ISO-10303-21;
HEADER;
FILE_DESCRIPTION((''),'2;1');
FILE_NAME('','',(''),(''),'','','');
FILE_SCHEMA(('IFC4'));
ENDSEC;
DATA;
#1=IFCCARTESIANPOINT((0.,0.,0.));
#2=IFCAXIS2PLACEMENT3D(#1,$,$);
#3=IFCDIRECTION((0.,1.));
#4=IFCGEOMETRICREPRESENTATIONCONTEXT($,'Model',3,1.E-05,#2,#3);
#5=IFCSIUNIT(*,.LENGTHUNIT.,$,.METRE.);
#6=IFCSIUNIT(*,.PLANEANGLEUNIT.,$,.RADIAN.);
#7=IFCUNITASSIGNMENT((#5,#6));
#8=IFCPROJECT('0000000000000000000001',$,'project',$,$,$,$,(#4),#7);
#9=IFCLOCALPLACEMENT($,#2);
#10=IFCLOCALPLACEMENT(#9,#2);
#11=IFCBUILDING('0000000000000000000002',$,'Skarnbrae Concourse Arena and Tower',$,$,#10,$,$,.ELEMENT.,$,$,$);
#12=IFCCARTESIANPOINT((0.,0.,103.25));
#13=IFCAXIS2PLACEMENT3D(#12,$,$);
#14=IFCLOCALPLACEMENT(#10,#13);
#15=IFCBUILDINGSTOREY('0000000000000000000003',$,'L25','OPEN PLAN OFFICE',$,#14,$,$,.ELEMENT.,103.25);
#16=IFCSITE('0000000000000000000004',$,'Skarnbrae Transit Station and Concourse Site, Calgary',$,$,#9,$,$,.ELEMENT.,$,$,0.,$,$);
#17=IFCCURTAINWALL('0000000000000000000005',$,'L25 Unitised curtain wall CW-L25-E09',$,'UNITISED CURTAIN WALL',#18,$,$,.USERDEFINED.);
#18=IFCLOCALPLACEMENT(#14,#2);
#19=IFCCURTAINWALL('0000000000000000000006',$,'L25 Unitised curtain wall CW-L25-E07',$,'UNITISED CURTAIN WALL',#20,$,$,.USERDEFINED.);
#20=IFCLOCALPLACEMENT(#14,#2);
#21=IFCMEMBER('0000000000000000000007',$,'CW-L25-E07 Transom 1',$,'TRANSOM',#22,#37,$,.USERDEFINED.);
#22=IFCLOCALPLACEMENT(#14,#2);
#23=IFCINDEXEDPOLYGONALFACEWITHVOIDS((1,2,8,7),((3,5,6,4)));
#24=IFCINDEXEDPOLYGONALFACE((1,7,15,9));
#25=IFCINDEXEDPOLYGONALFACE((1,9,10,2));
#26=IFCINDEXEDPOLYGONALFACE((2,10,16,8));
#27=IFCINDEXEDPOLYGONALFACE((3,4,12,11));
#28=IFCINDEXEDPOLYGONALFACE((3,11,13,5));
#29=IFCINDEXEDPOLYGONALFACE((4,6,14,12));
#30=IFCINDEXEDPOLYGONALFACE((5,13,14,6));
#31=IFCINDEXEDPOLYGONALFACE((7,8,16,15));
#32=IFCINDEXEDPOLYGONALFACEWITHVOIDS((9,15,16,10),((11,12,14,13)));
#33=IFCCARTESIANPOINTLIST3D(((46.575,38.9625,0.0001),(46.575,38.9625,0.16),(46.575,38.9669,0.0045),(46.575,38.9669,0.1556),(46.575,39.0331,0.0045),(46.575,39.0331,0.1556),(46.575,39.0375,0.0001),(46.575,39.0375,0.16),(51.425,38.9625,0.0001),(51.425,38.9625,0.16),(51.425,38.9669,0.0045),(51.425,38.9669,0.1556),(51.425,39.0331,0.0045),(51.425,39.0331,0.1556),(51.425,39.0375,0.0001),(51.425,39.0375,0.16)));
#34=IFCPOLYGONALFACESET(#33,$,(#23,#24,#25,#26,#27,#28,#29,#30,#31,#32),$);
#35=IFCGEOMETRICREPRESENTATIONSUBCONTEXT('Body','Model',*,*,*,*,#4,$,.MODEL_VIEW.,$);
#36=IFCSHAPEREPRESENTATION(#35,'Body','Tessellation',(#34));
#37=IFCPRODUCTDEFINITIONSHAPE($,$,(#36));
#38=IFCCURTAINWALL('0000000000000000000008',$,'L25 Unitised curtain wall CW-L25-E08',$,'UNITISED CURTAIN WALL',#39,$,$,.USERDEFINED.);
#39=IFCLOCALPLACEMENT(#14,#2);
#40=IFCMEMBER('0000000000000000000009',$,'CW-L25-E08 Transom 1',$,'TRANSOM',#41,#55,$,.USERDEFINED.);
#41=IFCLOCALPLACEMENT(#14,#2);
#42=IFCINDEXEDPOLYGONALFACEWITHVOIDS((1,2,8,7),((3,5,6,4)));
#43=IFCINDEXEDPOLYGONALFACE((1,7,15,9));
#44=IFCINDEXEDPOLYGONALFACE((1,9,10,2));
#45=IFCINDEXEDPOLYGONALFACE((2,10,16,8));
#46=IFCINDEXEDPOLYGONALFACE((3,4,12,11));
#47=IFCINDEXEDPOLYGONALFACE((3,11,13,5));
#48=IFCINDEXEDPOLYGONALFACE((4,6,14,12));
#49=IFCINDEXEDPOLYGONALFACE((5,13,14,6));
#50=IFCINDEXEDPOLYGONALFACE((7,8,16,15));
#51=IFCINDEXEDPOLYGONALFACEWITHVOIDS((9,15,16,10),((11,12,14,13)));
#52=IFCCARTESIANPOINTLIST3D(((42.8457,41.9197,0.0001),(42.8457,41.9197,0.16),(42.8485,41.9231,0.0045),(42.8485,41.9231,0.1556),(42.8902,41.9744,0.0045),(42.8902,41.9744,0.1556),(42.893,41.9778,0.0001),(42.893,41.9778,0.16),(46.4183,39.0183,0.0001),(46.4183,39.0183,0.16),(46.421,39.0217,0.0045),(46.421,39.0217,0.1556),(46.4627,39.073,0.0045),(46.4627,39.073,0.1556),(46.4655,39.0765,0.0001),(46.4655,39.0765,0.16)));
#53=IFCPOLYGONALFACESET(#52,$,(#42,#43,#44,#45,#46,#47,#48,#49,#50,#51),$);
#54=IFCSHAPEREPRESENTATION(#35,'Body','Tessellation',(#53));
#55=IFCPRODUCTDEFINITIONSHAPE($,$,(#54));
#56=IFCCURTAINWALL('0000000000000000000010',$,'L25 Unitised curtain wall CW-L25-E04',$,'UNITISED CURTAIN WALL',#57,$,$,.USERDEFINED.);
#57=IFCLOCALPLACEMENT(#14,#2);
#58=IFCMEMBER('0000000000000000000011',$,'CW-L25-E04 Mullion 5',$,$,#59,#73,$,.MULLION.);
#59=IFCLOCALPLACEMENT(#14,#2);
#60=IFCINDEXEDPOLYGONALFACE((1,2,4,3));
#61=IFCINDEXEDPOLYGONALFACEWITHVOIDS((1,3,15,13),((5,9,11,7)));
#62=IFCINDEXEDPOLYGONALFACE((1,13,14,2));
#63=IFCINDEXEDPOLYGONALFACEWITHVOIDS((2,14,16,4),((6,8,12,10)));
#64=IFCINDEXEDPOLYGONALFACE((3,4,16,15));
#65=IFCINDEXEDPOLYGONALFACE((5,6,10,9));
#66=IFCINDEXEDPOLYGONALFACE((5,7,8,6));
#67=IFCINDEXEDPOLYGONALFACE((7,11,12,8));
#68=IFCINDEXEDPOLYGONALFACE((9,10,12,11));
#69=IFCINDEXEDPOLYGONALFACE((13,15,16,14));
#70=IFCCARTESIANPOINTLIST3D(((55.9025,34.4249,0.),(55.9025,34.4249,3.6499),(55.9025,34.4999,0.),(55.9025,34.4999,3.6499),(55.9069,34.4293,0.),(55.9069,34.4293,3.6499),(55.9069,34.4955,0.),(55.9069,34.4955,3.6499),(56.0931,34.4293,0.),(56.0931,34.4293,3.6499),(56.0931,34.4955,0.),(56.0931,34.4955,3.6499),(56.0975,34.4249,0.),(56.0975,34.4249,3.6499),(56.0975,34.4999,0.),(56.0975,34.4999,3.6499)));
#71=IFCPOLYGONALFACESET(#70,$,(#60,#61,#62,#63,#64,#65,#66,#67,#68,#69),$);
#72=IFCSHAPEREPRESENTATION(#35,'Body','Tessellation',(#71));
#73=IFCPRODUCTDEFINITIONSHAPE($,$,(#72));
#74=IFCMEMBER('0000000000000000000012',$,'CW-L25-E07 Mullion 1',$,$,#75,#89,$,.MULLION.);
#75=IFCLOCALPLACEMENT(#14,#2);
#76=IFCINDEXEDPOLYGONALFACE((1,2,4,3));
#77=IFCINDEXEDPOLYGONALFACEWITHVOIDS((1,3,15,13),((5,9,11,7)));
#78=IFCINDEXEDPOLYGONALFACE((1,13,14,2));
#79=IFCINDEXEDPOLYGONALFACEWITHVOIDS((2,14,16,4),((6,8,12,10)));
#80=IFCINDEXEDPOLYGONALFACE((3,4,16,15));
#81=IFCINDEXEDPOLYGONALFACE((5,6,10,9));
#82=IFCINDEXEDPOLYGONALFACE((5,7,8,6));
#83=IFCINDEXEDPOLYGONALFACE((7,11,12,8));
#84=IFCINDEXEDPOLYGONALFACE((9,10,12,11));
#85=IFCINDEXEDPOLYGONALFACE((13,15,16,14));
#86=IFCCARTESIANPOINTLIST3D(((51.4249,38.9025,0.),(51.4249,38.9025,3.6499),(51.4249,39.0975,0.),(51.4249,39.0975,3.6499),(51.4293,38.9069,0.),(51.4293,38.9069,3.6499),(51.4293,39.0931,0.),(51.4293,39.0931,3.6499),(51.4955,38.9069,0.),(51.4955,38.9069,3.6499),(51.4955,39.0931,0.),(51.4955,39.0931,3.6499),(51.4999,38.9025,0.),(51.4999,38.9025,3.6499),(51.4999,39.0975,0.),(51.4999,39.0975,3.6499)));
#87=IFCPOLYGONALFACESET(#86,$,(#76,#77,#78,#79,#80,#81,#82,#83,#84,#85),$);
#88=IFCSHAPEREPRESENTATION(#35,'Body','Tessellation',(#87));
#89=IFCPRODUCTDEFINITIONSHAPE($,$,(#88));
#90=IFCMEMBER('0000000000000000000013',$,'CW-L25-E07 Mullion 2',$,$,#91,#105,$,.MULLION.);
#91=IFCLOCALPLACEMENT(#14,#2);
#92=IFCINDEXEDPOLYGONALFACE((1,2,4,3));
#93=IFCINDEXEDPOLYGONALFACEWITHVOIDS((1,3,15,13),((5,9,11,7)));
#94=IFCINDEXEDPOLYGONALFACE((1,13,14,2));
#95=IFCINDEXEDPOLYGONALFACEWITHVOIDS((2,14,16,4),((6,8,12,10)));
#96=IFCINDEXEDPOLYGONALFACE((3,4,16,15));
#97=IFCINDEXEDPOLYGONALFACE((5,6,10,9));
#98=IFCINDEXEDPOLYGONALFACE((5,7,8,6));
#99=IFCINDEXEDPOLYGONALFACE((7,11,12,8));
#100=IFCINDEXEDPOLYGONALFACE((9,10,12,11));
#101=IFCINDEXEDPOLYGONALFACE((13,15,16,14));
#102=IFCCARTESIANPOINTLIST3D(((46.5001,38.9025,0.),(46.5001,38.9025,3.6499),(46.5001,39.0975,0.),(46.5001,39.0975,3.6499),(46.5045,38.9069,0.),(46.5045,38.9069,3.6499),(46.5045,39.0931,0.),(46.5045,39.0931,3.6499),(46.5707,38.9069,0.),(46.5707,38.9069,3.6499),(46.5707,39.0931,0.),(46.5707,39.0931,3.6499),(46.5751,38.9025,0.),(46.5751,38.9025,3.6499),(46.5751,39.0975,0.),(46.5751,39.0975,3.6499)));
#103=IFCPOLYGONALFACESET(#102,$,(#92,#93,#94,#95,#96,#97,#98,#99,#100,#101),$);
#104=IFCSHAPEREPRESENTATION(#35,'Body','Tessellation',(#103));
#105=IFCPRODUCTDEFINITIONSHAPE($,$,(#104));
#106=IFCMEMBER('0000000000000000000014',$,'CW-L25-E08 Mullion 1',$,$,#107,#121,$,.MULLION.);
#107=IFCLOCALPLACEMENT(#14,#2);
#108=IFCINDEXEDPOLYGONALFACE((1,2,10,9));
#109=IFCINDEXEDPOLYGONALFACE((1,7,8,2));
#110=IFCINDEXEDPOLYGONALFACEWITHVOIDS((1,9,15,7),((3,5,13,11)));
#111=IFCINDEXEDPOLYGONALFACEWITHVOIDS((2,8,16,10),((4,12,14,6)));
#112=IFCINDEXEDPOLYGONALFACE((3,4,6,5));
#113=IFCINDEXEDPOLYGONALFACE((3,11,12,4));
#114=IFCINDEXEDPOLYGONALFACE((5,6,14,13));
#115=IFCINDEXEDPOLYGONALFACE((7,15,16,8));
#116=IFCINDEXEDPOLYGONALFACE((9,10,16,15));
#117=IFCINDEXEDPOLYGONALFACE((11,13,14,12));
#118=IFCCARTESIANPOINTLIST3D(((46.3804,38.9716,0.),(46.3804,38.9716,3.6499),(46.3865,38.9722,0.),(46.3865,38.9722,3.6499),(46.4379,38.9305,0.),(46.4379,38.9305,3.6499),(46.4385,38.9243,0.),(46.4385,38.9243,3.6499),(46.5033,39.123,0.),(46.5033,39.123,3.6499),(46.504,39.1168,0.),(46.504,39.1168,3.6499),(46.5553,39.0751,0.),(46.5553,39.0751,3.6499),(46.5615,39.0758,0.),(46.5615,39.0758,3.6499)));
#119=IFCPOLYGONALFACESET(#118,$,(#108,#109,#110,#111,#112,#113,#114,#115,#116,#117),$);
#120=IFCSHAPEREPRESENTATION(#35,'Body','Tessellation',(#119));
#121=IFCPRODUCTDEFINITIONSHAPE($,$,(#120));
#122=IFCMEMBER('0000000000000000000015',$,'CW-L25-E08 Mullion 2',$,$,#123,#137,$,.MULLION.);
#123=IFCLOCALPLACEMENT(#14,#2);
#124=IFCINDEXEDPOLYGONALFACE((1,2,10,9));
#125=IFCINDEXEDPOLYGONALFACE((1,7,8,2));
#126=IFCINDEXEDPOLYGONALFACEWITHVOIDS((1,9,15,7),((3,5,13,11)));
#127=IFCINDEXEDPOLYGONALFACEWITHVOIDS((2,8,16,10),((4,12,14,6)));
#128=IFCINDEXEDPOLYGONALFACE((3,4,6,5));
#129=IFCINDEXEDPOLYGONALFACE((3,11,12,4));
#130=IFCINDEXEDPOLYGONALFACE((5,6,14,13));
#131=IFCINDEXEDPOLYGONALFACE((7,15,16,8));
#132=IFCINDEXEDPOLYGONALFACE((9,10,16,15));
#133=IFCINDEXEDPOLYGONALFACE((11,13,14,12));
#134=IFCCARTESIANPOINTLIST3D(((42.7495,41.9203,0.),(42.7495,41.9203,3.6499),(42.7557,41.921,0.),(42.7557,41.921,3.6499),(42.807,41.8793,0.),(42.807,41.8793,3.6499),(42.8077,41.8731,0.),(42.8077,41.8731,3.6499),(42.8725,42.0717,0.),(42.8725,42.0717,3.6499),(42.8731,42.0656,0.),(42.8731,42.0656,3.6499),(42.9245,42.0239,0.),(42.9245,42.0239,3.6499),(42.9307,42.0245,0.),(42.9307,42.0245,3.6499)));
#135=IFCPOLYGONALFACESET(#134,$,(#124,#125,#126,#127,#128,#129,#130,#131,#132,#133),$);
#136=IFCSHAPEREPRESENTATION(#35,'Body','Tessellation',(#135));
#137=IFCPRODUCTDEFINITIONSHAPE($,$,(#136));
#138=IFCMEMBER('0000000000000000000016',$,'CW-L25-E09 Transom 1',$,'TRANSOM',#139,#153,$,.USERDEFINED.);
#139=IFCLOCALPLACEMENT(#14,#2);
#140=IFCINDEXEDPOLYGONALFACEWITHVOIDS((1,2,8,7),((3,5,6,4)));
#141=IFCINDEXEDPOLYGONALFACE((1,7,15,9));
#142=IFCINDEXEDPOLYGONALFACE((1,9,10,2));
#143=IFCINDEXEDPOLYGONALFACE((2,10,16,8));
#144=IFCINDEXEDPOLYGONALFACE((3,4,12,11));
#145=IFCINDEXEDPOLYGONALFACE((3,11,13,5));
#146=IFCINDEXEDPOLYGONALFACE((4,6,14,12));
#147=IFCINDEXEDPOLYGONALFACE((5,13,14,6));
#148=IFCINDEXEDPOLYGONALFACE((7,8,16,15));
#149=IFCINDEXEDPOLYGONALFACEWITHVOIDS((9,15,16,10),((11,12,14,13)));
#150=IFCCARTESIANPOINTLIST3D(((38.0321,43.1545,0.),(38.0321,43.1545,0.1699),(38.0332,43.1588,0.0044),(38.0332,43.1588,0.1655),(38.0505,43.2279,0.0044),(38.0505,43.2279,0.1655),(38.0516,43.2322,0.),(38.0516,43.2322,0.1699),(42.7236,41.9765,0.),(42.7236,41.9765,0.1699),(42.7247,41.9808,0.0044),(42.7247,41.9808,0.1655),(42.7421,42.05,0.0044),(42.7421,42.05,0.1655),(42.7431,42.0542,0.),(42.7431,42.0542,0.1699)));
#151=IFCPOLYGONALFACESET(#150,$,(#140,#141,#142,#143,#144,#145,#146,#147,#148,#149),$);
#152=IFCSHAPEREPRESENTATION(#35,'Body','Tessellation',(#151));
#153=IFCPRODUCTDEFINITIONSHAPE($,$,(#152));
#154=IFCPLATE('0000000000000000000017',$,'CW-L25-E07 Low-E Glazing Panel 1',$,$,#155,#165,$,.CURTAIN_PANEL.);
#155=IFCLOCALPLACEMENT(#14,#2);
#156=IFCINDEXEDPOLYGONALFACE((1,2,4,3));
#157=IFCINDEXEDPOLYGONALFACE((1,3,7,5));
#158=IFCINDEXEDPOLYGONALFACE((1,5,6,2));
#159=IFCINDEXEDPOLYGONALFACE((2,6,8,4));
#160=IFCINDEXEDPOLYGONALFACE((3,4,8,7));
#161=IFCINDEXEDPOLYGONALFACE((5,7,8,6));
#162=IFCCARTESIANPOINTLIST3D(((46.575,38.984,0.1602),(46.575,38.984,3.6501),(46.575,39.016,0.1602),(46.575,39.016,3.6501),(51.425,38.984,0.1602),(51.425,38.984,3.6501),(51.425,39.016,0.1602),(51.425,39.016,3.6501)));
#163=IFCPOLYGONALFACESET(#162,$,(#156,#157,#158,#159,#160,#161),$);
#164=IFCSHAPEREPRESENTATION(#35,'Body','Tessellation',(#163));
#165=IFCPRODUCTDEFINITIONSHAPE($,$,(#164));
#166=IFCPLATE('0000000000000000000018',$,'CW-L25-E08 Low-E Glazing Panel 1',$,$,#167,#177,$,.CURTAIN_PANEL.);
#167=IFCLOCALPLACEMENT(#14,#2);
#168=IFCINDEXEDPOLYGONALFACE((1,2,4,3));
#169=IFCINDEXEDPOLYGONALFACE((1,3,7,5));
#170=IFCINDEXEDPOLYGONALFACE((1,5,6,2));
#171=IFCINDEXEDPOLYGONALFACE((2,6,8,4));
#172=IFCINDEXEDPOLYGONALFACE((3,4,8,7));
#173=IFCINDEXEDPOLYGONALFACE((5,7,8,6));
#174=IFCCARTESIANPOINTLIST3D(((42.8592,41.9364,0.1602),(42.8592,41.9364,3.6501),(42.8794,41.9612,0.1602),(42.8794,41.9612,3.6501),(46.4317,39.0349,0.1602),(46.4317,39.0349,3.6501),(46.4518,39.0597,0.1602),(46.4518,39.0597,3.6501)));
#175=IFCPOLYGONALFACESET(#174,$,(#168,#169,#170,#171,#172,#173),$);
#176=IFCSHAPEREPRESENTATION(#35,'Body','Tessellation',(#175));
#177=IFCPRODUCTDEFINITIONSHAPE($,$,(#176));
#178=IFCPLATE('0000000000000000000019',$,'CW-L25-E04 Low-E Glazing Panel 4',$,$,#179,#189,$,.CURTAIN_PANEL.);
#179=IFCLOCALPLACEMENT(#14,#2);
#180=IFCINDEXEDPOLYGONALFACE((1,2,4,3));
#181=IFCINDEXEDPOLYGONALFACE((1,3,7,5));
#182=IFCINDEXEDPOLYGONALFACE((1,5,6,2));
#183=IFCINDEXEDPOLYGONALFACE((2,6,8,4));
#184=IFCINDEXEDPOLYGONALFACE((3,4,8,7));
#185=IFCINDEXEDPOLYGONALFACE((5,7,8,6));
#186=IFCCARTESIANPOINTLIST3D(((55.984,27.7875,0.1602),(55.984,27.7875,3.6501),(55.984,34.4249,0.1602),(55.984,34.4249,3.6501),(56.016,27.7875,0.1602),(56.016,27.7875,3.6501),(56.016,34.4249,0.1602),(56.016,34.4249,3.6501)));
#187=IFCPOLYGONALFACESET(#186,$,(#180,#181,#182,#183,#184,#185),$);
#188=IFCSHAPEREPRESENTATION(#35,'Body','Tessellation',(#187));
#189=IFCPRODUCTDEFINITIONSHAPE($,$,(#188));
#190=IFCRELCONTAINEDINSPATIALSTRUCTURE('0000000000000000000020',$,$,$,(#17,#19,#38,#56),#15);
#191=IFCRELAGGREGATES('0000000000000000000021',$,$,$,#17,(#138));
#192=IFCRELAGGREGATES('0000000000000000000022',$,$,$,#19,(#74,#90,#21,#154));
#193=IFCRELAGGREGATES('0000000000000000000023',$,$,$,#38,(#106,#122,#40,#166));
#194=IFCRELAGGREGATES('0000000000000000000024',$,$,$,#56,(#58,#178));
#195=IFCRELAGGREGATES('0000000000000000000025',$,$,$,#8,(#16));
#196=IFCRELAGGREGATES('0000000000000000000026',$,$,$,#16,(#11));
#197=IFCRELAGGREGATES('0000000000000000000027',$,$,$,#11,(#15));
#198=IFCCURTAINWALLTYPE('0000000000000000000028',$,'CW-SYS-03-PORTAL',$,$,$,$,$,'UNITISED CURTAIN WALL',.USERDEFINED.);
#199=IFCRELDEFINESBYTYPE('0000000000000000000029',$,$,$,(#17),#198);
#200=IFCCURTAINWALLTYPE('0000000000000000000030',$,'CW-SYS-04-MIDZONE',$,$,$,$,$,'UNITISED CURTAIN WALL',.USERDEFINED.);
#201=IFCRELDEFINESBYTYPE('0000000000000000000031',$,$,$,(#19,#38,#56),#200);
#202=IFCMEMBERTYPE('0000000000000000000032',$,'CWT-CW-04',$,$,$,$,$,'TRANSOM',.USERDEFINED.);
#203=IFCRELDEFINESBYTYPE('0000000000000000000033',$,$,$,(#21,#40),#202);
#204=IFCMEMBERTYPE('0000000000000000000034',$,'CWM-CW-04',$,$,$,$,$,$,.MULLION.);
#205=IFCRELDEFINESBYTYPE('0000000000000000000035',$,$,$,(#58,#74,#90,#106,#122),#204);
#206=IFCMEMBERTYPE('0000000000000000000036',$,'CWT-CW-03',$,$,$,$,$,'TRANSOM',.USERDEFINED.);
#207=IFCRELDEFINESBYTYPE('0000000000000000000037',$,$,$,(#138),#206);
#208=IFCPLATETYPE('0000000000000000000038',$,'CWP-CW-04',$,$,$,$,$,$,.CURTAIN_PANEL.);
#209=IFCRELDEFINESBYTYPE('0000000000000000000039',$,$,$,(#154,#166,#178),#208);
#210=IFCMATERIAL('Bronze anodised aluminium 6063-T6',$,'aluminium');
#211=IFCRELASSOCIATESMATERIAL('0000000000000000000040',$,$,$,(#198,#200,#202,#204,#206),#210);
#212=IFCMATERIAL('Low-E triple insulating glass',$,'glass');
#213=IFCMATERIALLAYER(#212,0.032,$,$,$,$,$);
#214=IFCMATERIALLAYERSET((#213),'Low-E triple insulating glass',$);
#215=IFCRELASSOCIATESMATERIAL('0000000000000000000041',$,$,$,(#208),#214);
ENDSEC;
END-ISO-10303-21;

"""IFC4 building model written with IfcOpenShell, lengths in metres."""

from ifc_helpers import new_model, si_unit, direction, frame, origin, origin_2d, place, context, subcontext, project, spatial, rectangle, hollow_rectangle, extrude, source, transform, mapped, material, layer, layer_set, material_profile, profile_set, type_object, element, aggregate, save


model = new_model("IFC4")

# Units and contexts
model_context = context("Model", 3, precision=1e-05, world=origin(), true_north=direction((0.0, 1.0)))
body_context = subcontext(model_context, "Body", "Model", "MODEL_VIEW")
ifc_project = project(units=[si_unit("LENGTHUNIT", "METRE"), si_unit("PLANEANGLEUNIT", "RADIAN")], contexts=[model_context])

# Site, building, storey
site_placement = place(None, origin())
site = spatial("IfcSite", under=ifc_project, at=site_placement, Name="Skarnbrae Transit Station and Concourse Site, Calgary", CompositionType="ELEMENT", RefElevation=0.0)
building_placement = place(site_placement, origin())
building = spatial("IfcBuilding", under=site, at=building_placement, Name="Skarnbrae Concourse Arena and Tower", CompositionType="ELEMENT")
storey_placement = place(building_placement, frame((0.0, 0.0, 103.25)))
storey = spatial("IfcBuildingStorey", under=building, at=storey_placement, Name="L25", Description="OPEN PLAN OFFICE", CompositionType="ELEMENT", Elevation=103.25)

# Curtain walls, members
ifc_material_1 = material(Name="Bronze anodised aluminium 6063-T6", Category="aluminium")
curtain_wall_type_1 = type_object("IfcCurtainWallType", Name="CW-SYS-03-PORTAL", ElementType="UNITISED CURTAIN WALL", PredefinedType="USERDEFINED", material=ifc_material_1)
curtain_wall_1_placement = place(storey_placement, origin())
curtain_wall_1 = element("IfcCurtainWall", 1, at=curtain_wall_1_placement, inside=storey, type_object=curtain_wall_type_1, Name="L25 Unitised curtain wall CW-L25-E09", ObjectType="UNITISED CURTAIN WALL", PredefinedType="USERDEFINED")
curtain_wall_type_2 = type_object("IfcCurtainWallType", Name="CW-SYS-04-MIDZONE", ElementType="UNITISED CURTAIN WALL", PredefinedType="USERDEFINED", material=ifc_material_1)
curtain_wall_2_placement = place(storey_placement, origin())
curtain_wall_2 = element("IfcCurtainWall", 2, at=curtain_wall_2_placement, inside=storey, type_object=curtain_wall_type_2, Name="L25 Unitised curtain wall CW-L25-E07", ObjectType="UNITISED CURTAIN WALL", PredefinedType="USERDEFINED")
ifc_material_profile_1 = material_profile(ifc_material_1, hollow_rectangle(XDim=0.075, YDim=0.1599, WallThickness=0.0044, at=origin_2d()), Name="ALU-TRAN-75X160")
ifc_profile_set_1 = profile_set([ifc_material_profile_1], Name="Bronze anodised aluminium 6063-T6")
member_type_1 = type_object("IfcMemberType", Name="CWT-CW-04", ElementType="TRANSOM", PredefinedType="USERDEFINED", material=ifc_profile_set_1)
shared_shape_1 = source(origin(), body_context, "Body", "SweptSolid", [
    extrude(hollow_rectangle(XDim=0.075, YDim=0.1599, WallThickness=0.0044, at=origin_2d()), origin(), (0.0, 0.0, 1.0), 4.8501),
])
member_1_placement = place(storey_placement, frame((51.425, 39.0, 0.0801), z_axis=(-1.0, 0.0, 0.0), x_axis=(0.0, -1.0, 0.0)))
member_1 = element("IfcMember", 3, at=member_1_placement, type_object=member_type_1, Name="CW-L25-E07 Transom 1", ObjectType="TRANSOM", PredefinedType="USERDEFINED", context=body_context, shape_type="MappedRepresentation", body=[
    mapped(shared_shape_1, transform((0.0, 0.0, 0.0))),
])
curtain_wall_3_placement = place(storey_placement, origin())
curtain_wall_3 = element("IfcCurtainWall", 4, at=curtain_wall_3_placement, inside=storey, type_object=curtain_wall_type_2, Name="L25 Unitised curtain wall CW-L25-E08", ObjectType="UNITISED CURTAIN WALL", PredefinedType="USERDEFINED")
shared_shape_2 = source(origin(), body_context, "Body", "SweptSolid", [
    extrude(hollow_rectangle(XDim=0.075, YDim=0.1599, WallThickness=0.0044, at=origin_2d()), origin(), (0.0, 0.0, 1.0), 4.6023),
])
member_2_placement = place(storey_placement, frame((46.4419, 39.0474, 0.0801), z_axis=(-0.776252, 0.630423, 0.0), x_axis=(-0.630423, -0.776252, 0.0)))
member_2 = element("IfcMember", 5, at=member_2_placement, type_object=member_type_1, Name="CW-L25-E08 Transom 1", ObjectType="TRANSOM", PredefinedType="USERDEFINED", context=body_context, shape_type="MappedRepresentation", body=[
    mapped(shared_shape_2, transform((0.0, 0.0, 0.0))),
])
curtain_wall_4_placement = place(storey_placement, origin())
curtain_wall_4 = element("IfcCurtainWall", 6, at=curtain_wall_4_placement, inside=storey, type_object=curtain_wall_type_2, Name="L25 Unitised curtain wall CW-L25-E04", ObjectType="UNITISED CURTAIN WALL", PredefinedType="USERDEFINED")
ifc_material_profile_2 = material_profile(ifc_material_1, hollow_rectangle(XDim=0.075, YDim=0.1951, WallThickness=0.0044, at=origin_2d()), Name="ALU-MULL-75X195")
ifc_profile_set_2 = profile_set([ifc_material_profile_2], Name="Bronze anodised aluminium 6063-T6")
member_type_2 = type_object("IfcMemberType", Name="CWM-CW-04", PredefinedType="MULLION", material=ifc_profile_set_2)
shared_shape_3 = source(origin(), body_context, "Body", "SweptSolid", [
    extrude(hollow_rectangle(XDim=0.075, YDim=0.1951, WallThickness=0.0044, at=origin_2d()), origin(), (0.0, 0.0, 1.0), 3.6499),
])
member_3_placement = place(storey_placement, frame((56.0, 34.4624, 0.0), z_axis=(0.0, 0.0, 1.0), x_axis=(0.0, 1.0, 0.0)))
member_3 = element("IfcMember", 7, at=member_3_placement, type_object=member_type_2, Name="CW-L25-E04 Mullion 5", PredefinedType="MULLION", context=body_context, shape_type="MappedRepresentation", body=[
    mapped(shared_shape_3, transform((0.0, 0.0, 0.0))),
])

# Members
member_4_placement = place(storey_placement, frame((51.4624, 39.0, 0.0), z_axis=(0.0, 0.0, 1.0), x_axis=(-1.0, 0.0, 0.0)))
member_4 = element("IfcMember", 8, at=member_4_placement, type_object=member_type_2, Name="CW-L25-E07 Mullion 1", PredefinedType="MULLION", context=body_context, shape_type="MappedRepresentation", body=[
    mapped(shared_shape_3, transform((0.0, 0.0, 0.0))),
])
member_5_placement = place(storey_placement, frame((46.5376, 39.0, 0.0), z_axis=(0.0, 0.0, 1.0), x_axis=(-1.0, 0.0, 0.0)))
member_5 = element("IfcMember", 9, at=member_5_placement, type_object=member_type_2, Name="CW-L25-E07 Mullion 2", PredefinedType="MULLION", context=body_context, shape_type="MappedRepresentation", body=[
    mapped(shared_shape_3, transform((0.0, 0.0, 0.0))),
])
member_6_placement = place(storey_placement, frame((46.4709, 39.0237, 0.0), z_axis=(0.0, 0.0, 1.0), x_axis=(-0.776241, 0.630436, 0.0)))
member_6 = element("IfcMember", 10, at=member_6_placement, type_object=member_type_2, Name="CW-L25-E08 Mullion 1", PredefinedType="MULLION", context=body_context, shape_type="MappedRepresentation", body=[
    mapped(shared_shape_3, transform((0.0, 0.0, 0.0))),
])
member_7_placement = place(storey_placement, frame((42.8401, 41.9724, 0.0), z_axis=(0.0, 0.0, 1.0), x_axis=(-0.776241, 0.630436, 0.0)))
member_7 = element("IfcMember", 11, at=member_7_placement, type_object=member_type_2, Name="CW-L25-E08 Mullion 2", PredefinedType="MULLION", context=body_context, shape_type="MappedRepresentation", body=[
    mapped(shared_shape_3, transform((0.0, 0.0, 0.0))),
])
ifc_material_profile_3 = material_profile(ifc_material_1, hollow_rectangle(XDim=0.0801, YDim=0.1699, WallThickness=0.0044, at=origin_2d()), Name="ALU-TRAN-80X170")
ifc_profile_set_3 = profile_set([ifc_material_profile_3], Name="Bronze anodised aluminium 6063-T6")
member_type_3 = type_object("IfcMemberType", Name="CWT-CW-03", ElementType="TRANSOM", PredefinedType="USERDEFINED", material=ifc_profile_set_3)
shared_shape_4 = source(origin(), body_context, "Body", "SweptSolid", [
    extrude(hollow_rectangle(XDim=0.0801, YDim=0.1699, WallThickness=0.0044, at=origin_2d()), origin(), (0.0, 0.0, 1.0), 4.8372),
])
member_8_placement = place(storey_placement, frame((42.7334, 42.0154, 0.085), z_axis=(-0.969896, 0.243521, 0.0), x_axis=(-0.243521, -0.969896, 0.0)))
member_8 = element("IfcMember", 12, at=member_8_placement, type_object=member_type_3, Name="CW-L25-E09 Transom 1", ObjectType="TRANSOM", PredefinedType="USERDEFINED", context=body_context, shape_type="MappedRepresentation", body=[
    mapped(shared_shape_4, transform((0.0, 0.0, 0.0))),
])
aggregate(curtain_wall_1, [member_8])

# Plates
ifc_material_2 = material(Name="Low-E triple insulating glass", Category="glass")
ifc_layer_1 = layer(ifc_material_2, 0.032)
ifc_layer_set_1 = layer_set([ifc_layer_1], Name="Low-E triple insulating glass")
plate_type = type_object("IfcPlateType", Name="CWP-CW-04", PredefinedType="CURTAIN_PANEL", material=ifc_layer_set_1)
shared_shape_5 = source(origin(), body_context, "Body", "SweptSolid", [
    extrude(rectangle(XDim=4.8501, YDim=0.032, at=origin_2d()), origin(), (0.0, 0.0, 1.0), 3.49),
])
plate_1_placement = place(storey_placement, frame((49.0, 39.0, 0.1602), z_axis=(0.0, 0.0, 1.0), x_axis=(-1.0, 0.0, 0.0)))
plate_1 = element("IfcPlate", 13, at=plate_1_placement, type_object=plate_type, Name="CW-L25-E07 Low-E Glazing Panel 1", PredefinedType="CURTAIN_PANEL", context=body_context, shape_type="MappedRepresentation", body=[
    mapped(shared_shape_5, transform((0.0, 0.0, 0.0))),
])
aggregate(curtain_wall_2, [member_4, member_5, member_1, plate_1])
shared_shape_6 = source(origin(), body_context, "Body", "SweptSolid", [
    extrude(rectangle(XDim=4.6023, YDim=0.032, at=origin_2d()), origin(), (0.0, 0.0, 1.0), 3.49),
])
plate_2_placement = place(storey_placement, frame((44.6555, 40.498, 0.1602), z_axis=(0.0, 0.0, 1.0), x_axis=(-0.776241, 0.630436, 0.0)))
plate_2 = element("IfcPlate", 14, at=plate_2_placement, type_object=plate_type, Name="CW-L25-E08 Low-E Glazing Panel 1", PredefinedType="CURTAIN_PANEL", context=body_context, shape_type="MappedRepresentation", body=[
    mapped(shared_shape_6, transform((0.0, 0.0, 0.0))),
])
aggregate(curtain_wall_3, [member_6, member_7, member_2, plate_2])
shared_shape_7 = source(origin(), body_context, "Body", "SweptSolid", [
    extrude(rectangle(XDim=6.6375, YDim=0.032, at=origin_2d()), origin(), (0.0, 0.0, 1.0), 3.49),
])
plate_3_placement = place(storey_placement, frame((56.0, 31.1062, 0.1602), z_axis=(0.0, 0.0, 1.0), x_axis=(0.0, 1.0, 0.0)))
plate_3 = element("IfcPlate", 15, at=plate_3_placement, type_object=plate_type, Name="CW-L25-E04 Low-E Glazing Panel 4", PredefinedType="CURTAIN_PANEL", context=body_context, shape_type="MappedRepresentation", body=[
    mapped(shared_shape_7, transform((0.0, 0.0, 0.0))),
])
aggregate(curtain_wall_4, [member_3, plate_3])

save(model, "model.ifc")
